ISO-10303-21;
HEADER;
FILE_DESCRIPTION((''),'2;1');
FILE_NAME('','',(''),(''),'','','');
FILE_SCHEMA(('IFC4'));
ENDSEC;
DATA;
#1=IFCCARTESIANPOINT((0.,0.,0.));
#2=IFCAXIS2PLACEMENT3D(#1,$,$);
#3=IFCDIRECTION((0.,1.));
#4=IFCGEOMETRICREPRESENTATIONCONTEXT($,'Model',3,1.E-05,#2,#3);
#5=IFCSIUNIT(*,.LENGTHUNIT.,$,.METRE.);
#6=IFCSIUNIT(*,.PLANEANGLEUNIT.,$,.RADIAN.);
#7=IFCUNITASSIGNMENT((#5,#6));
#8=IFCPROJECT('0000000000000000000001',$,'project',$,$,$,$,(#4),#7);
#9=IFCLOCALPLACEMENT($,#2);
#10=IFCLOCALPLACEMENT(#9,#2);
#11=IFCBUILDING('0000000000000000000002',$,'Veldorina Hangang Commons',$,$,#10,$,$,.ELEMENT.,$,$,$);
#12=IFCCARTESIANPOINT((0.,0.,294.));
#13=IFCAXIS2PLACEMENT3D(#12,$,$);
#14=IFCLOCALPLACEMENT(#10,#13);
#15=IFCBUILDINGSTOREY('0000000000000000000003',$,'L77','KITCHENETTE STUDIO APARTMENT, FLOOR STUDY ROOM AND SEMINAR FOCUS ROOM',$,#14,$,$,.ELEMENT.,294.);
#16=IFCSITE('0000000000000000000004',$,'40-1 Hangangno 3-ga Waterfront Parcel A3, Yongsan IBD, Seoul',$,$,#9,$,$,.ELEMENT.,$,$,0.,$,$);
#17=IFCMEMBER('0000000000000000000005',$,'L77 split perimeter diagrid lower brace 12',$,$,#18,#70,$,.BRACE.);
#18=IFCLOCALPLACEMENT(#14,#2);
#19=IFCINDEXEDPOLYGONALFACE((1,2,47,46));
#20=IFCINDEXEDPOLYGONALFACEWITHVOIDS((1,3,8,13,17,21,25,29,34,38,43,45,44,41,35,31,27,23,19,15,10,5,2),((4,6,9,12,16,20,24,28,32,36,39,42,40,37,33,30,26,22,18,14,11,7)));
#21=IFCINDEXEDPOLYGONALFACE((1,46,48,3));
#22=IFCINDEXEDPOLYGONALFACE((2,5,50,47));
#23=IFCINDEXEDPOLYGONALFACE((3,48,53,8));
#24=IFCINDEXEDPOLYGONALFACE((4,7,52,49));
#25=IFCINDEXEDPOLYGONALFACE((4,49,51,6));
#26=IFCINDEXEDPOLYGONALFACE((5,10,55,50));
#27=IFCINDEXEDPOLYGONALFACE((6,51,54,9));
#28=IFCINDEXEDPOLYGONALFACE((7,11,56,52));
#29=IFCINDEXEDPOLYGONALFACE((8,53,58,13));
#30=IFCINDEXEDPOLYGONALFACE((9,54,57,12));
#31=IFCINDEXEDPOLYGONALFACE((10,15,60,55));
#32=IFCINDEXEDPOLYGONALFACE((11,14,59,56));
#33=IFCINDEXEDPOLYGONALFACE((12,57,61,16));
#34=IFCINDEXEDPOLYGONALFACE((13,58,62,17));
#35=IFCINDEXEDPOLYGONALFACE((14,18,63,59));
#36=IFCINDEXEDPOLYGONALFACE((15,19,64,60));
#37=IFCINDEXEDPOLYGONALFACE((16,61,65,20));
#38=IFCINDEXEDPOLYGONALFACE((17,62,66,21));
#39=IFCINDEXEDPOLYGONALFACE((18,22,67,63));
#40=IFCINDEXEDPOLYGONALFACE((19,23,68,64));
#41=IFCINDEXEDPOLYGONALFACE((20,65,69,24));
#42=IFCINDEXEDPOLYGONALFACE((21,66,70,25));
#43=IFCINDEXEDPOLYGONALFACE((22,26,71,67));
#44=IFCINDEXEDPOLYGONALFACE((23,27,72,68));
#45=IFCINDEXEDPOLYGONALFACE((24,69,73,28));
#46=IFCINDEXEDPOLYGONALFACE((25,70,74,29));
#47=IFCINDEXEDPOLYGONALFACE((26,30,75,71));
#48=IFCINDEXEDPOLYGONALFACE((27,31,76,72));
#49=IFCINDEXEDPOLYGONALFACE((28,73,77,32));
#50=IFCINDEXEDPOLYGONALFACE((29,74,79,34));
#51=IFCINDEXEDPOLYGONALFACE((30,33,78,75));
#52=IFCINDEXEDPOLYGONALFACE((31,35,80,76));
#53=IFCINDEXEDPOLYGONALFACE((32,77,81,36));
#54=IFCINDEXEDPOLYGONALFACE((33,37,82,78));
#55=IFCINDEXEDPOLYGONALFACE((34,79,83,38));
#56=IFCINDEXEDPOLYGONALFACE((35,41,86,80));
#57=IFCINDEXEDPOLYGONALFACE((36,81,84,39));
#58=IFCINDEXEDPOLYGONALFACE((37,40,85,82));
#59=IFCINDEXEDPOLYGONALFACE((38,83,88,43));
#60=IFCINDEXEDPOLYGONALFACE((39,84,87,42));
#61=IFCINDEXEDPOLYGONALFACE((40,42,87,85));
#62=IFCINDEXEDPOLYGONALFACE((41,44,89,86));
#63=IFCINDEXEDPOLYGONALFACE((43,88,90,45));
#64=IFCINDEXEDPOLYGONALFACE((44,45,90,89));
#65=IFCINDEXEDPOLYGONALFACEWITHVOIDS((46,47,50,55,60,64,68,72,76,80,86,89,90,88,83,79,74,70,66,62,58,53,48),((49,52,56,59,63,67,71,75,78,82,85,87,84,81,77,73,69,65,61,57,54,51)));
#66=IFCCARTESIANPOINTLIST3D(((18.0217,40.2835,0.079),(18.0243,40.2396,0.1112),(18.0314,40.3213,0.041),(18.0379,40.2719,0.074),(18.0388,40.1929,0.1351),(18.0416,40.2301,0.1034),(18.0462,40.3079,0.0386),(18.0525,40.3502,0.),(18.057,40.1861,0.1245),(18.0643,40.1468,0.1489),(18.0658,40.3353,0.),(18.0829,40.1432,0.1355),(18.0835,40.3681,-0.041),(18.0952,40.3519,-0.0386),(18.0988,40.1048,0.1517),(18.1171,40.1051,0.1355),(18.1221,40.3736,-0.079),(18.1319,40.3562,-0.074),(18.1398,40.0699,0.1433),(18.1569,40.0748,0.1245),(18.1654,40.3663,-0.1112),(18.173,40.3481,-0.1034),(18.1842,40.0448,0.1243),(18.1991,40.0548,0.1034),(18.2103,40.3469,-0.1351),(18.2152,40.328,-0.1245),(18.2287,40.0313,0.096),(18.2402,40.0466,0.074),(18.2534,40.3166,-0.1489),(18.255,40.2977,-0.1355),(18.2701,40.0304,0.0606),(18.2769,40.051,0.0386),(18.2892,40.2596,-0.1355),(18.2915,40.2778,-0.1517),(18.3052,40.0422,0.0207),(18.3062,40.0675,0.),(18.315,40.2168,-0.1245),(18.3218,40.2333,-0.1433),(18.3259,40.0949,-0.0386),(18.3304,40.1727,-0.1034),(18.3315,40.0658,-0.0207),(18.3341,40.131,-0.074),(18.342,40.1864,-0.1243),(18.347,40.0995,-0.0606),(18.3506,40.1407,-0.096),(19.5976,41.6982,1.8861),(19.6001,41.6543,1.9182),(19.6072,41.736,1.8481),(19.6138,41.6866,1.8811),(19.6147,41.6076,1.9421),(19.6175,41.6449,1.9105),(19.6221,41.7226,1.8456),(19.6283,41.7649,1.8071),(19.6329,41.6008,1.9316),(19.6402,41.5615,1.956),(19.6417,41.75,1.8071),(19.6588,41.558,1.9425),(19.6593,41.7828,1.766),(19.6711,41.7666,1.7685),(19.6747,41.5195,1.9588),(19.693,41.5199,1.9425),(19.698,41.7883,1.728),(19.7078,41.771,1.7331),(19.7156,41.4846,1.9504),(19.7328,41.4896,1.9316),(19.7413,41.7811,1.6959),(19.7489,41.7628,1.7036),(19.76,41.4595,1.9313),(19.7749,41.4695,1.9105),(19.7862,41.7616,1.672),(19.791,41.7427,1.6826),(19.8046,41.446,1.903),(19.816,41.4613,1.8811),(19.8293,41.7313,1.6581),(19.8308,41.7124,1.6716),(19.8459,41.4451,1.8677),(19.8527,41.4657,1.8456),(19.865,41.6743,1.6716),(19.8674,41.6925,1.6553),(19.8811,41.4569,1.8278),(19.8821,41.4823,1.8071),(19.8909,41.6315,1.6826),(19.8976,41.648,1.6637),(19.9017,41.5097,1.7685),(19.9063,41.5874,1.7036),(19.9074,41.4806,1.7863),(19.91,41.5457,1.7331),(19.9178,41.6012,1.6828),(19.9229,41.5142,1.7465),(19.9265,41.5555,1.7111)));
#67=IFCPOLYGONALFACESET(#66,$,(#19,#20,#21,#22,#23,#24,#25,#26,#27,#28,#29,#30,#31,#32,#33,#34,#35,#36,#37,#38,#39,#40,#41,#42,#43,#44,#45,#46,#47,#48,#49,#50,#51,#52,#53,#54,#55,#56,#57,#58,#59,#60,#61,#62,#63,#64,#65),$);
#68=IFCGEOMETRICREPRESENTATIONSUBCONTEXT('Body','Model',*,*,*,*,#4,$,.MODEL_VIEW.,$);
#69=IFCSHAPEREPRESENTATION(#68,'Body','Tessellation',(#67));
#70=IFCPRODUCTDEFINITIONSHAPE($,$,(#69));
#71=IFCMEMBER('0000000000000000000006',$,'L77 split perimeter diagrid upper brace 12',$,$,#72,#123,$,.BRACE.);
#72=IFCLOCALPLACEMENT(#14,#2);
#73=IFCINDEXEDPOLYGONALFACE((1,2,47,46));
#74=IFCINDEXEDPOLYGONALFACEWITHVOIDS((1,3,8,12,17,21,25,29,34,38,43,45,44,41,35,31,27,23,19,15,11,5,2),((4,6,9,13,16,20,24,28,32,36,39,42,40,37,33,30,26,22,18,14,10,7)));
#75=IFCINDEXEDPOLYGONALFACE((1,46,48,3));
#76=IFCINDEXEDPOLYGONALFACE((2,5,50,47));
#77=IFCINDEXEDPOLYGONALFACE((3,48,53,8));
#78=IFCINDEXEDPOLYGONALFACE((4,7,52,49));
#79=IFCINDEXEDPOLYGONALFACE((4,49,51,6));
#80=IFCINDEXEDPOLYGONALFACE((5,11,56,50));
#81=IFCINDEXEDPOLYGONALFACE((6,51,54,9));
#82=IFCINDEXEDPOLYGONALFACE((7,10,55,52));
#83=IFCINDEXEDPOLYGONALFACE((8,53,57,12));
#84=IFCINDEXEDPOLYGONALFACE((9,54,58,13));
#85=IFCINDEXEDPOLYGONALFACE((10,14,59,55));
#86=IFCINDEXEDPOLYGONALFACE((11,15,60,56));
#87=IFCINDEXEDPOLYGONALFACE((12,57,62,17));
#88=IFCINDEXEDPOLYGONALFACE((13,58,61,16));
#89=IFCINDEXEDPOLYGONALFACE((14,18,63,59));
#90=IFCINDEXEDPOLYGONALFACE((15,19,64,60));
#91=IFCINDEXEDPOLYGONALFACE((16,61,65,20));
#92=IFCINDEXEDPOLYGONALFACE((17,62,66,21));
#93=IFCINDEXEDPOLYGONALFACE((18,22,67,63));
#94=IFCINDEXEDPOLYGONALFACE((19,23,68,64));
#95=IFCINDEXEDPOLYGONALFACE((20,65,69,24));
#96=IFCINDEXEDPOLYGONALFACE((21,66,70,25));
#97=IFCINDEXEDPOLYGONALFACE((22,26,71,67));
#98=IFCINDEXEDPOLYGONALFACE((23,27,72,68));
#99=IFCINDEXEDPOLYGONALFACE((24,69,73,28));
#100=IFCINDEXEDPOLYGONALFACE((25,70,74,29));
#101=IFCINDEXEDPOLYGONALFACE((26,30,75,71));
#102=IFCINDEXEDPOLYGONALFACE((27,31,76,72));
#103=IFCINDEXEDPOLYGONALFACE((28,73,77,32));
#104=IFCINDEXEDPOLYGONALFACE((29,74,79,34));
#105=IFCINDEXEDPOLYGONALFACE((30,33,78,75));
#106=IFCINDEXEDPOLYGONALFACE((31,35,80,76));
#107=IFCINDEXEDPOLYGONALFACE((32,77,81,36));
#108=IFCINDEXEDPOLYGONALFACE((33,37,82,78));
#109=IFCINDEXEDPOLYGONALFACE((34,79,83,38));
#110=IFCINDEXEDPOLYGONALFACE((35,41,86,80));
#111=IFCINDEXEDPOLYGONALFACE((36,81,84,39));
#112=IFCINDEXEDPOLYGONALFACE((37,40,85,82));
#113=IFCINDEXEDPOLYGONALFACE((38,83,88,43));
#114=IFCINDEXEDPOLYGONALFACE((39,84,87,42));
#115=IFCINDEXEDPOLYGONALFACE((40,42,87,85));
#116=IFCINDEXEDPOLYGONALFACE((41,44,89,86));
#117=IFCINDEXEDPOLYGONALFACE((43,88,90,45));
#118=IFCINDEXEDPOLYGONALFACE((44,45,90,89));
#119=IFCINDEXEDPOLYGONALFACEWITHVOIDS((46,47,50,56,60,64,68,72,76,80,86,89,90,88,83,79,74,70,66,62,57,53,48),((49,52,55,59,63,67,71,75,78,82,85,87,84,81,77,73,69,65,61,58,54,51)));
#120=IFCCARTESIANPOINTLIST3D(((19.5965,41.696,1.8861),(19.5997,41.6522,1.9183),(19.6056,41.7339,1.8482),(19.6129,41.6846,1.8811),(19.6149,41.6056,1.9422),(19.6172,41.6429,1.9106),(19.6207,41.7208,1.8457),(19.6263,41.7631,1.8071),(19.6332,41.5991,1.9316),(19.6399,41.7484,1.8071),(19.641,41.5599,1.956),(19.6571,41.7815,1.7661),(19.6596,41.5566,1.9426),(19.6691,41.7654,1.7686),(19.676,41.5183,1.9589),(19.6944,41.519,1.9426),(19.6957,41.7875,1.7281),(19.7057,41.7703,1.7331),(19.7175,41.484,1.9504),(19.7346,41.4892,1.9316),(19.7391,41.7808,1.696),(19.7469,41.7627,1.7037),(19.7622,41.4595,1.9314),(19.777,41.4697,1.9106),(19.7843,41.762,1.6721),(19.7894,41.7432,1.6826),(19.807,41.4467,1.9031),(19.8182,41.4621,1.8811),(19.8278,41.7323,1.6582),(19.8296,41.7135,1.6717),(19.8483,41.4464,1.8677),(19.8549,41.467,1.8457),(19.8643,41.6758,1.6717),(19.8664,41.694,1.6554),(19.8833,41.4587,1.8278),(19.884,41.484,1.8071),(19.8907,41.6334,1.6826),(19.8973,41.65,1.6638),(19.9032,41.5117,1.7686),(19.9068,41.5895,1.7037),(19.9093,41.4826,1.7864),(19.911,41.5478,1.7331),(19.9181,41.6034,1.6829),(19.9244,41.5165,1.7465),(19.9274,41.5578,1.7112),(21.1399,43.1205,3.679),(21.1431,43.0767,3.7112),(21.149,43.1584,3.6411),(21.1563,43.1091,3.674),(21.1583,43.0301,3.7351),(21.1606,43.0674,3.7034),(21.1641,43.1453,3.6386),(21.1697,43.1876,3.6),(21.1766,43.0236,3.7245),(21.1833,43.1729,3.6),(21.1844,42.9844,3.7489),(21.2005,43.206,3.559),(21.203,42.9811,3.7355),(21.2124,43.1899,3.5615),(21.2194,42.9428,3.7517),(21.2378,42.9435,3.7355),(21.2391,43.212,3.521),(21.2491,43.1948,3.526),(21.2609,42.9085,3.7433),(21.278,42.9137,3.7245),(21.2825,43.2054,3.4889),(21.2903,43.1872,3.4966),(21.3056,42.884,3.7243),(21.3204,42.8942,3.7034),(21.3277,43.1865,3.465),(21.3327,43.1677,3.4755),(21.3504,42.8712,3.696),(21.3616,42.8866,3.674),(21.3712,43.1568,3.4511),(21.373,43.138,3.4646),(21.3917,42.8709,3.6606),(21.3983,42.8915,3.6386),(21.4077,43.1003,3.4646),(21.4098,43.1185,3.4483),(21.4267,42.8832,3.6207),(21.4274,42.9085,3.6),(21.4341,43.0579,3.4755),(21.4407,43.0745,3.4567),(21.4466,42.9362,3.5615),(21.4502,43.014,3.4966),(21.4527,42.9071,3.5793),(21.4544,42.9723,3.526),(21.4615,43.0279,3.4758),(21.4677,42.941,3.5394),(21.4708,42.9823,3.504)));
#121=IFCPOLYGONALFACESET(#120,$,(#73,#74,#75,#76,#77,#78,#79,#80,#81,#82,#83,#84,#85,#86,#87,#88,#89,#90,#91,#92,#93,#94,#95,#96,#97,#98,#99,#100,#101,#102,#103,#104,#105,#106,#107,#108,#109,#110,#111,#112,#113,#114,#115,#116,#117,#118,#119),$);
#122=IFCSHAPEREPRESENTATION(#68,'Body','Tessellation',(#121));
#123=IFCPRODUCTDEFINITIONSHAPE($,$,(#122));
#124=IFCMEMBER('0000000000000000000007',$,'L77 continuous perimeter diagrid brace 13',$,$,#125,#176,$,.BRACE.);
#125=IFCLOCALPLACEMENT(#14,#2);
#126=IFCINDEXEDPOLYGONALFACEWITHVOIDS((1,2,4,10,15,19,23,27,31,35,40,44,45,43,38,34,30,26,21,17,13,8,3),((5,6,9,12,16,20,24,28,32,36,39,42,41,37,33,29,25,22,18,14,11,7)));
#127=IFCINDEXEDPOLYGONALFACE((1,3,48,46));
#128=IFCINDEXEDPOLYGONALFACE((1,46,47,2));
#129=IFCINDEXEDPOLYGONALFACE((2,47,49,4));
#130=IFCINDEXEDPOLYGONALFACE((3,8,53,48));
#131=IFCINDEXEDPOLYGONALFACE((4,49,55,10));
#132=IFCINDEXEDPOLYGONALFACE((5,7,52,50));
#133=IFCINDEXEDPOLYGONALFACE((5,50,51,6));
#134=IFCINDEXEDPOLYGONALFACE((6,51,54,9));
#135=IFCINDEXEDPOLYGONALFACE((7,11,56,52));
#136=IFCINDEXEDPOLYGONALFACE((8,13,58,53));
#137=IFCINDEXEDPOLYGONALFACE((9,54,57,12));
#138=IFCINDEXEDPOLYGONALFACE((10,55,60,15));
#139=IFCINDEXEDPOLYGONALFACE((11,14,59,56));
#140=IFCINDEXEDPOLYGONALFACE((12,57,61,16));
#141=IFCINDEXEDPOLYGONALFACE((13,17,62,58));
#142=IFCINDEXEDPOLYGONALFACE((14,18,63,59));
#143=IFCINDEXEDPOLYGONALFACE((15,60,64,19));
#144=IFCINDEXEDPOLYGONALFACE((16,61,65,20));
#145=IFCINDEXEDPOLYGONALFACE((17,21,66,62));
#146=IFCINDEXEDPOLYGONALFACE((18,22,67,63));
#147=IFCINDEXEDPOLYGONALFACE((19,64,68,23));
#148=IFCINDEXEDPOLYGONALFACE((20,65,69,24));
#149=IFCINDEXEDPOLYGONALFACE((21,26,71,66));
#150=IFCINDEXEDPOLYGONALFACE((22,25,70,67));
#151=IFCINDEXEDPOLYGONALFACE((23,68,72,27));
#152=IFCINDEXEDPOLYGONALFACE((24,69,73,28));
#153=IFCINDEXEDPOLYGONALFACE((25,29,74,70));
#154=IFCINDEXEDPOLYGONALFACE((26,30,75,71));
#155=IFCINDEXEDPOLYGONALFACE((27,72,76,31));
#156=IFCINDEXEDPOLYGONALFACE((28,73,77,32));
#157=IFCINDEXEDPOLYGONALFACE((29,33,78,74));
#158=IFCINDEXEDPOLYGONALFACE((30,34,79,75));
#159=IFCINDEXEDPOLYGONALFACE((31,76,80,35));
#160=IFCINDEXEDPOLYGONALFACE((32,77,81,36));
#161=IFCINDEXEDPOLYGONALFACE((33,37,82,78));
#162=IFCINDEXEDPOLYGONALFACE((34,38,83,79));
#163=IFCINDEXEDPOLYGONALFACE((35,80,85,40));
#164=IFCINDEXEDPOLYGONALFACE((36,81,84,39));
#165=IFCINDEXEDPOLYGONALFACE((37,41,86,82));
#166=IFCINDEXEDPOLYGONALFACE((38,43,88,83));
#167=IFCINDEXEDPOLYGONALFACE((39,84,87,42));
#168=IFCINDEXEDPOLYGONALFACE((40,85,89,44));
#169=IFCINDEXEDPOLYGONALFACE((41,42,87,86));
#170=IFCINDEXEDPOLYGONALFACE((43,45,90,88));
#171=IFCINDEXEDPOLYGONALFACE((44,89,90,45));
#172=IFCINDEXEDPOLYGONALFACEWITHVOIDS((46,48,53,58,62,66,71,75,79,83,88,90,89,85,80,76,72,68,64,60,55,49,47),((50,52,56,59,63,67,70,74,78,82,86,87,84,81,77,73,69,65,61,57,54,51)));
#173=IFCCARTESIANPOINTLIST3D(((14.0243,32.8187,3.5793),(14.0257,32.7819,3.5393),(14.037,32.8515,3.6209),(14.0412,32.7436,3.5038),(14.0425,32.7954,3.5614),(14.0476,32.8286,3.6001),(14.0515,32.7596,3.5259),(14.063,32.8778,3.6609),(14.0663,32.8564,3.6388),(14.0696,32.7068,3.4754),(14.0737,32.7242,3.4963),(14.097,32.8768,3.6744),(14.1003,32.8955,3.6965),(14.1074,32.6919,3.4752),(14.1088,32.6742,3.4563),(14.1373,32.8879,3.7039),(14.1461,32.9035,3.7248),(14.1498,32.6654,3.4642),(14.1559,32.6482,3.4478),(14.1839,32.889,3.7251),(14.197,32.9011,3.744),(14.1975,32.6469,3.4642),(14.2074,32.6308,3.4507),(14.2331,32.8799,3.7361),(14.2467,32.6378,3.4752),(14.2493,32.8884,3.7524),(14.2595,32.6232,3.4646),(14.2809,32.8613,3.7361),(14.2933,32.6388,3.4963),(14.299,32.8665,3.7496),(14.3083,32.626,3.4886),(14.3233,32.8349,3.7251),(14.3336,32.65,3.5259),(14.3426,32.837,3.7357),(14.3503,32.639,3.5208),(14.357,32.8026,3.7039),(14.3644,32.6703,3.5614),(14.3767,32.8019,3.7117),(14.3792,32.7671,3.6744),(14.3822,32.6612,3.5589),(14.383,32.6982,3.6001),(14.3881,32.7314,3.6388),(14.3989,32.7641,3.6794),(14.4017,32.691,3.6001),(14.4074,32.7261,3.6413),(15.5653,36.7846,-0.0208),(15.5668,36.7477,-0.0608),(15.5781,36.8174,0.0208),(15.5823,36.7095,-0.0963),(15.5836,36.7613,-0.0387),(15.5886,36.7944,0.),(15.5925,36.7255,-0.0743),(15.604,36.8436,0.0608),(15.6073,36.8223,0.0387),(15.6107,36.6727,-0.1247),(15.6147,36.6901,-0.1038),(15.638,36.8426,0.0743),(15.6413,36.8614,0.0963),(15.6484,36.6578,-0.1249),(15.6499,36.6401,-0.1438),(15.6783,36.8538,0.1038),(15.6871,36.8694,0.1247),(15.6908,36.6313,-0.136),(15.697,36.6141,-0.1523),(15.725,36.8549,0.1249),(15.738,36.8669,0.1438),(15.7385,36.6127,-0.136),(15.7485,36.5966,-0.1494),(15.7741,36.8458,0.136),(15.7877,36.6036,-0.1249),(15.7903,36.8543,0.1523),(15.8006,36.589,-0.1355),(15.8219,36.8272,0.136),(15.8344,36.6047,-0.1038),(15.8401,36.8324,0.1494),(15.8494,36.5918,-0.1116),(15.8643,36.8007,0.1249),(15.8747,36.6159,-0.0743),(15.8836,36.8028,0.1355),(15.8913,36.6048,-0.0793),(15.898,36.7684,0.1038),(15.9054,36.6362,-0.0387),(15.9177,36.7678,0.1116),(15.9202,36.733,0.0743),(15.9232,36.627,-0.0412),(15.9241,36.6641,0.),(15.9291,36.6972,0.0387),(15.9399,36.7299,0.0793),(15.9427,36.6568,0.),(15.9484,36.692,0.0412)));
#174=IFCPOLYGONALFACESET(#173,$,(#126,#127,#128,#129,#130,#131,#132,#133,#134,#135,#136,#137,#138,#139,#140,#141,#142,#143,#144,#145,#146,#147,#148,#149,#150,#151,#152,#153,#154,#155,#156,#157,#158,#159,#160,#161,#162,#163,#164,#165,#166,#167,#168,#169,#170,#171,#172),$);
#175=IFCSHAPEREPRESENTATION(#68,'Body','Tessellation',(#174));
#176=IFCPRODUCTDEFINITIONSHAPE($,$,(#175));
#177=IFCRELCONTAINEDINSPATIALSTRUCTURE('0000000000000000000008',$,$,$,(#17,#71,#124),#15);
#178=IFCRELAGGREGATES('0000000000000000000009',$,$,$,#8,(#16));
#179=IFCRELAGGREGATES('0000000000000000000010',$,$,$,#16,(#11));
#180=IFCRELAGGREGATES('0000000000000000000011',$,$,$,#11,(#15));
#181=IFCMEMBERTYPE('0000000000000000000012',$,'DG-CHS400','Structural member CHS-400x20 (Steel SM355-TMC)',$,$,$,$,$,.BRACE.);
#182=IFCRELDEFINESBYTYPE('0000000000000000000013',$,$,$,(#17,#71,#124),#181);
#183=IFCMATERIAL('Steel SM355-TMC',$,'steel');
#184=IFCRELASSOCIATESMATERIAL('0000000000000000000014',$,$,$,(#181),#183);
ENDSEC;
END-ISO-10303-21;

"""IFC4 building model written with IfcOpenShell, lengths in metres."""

from ifc_helpers import new_model, si_unit, direction, frame, origin, origin_2d, place, context, subcontext, project, spatial, hollow_circle, extrude, material, material_profile, profile_set, type_object, element, save


model = new_model("IFC4")

# Units and contexts
model_context = context("Model", 3, precision=1e-05, world=origin(), true_north=direction((0.0, 1.0)))
body_context = subcontext(model_context, "Body", "Model", "MODEL_VIEW")
ifc_project = project(units=[si_unit("LENGTHUNIT", "METRE"), si_unit("PLANEANGLEUNIT", "RADIAN")], contexts=[model_context])

# Site, building, storey
site_placement = place(None, origin())
site = spatial("IfcSite", under=ifc_project, at=site_placement, Name="40-1 Hangangno 3-ga Waterfront Parcel A3, Yongsan IBD, Seoul", CompositionType="ELEMENT", RefElevation=0.0)
building_placement = place(site_placement, origin())
building = spatial("IfcBuilding", under=site, at=building_placement, Name="Veldorina Hangang Commons", CompositionType="ELEMENT")
storey_placement = place(building_placement, frame((0.0, 0.0, 294.0)))
storey = spatial("IfcBuildingStorey", under=building, at=storey_placement, Name="L77", Description="KITCHENETTE STUDIO APARTMENT, FLOOR STUDY ROOM AND SEMINAR FOCUS ROOM", CompositionType="ELEMENT", Elevation=294.0)

# Shared definitions
ifc_material_1 = material(Name="Steel SM355-TMC", Category="steel")

# Members
ifc_material_profile_1 = material_profile(ifc_material_1, hollow_circle(Radius=0.2, WallThickness=0.02, at=origin_2d()), Name="CHS-400x20")
ifc_profile_set_1 = profile_set([ifc_material_profile_1], Name="Steel SM355-TMC")
member_type_1 = type_object("IfcMemberType", Name="DG-CHS400", Description="Structural member CHS-400x20 (Steel SM355-TMC)", PredefinedType="BRACE", material=ifc_profile_set_1)
member_1_placement = place(storey_placement, frame((18.186, 40.2014, 0.0), z_axis=(0.566057, 0.50818, 0.649102), x_axis=(-0.668041, 0.744125, 0.0)))
element("IfcMember", 1, at=member_1_placement, inside=storey, type_object=member_type_1, Name="L77 split perimeter diagrid lower brace 12", PredefinedType="BRACE", context=body_context, shape_type="SweptSolid", body=[
    extrude(hollow_circle(Radius=0.2, WallThickness=0.02, at=origin_2d()), origin(), (0.0, 0.0, 1.0), 2.7839),
])
member_2_placement = place(storey_placement, frame((19.762, 41.6162, 1.8071), z_axis=(0.558902, 0.515848, 0.649253), x_axis=(-0.678237, 0.734844, 0.0)))
element("IfcMember", 2, at=member_2_placement, inside=storey, type_object=member_type_1, Name="L77 split perimeter diagrid upper brace 12", PredefinedType="BRACE", context=body_context, shape_type="SweptSolid", body=[
    extrude(hollow_circle(Radius=0.2, WallThickness=0.02, at=origin_2d()), origin(), (0.0, 0.0, 1.0), 2.7615),
])
member_3_placement = place(storey_placement, frame((15.7563, 36.7292, 0.0), z_axis=(-0.276493, -0.711558, 0.645939), x_axis=(0.932104, -0.362191, 0.0)))
element("IfcMember", 3, at=member_3_placement, inside=storey, type_object=member_type_1, Name="L77 continuous perimeter diagrid brace 13", PredefinedType="BRACE", context=body_context, shape_type="SweptSolid", body=[
    extrude(hollow_circle(Radius=0.2, WallThickness=0.02, at=origin_2d()), origin(), (0.0, 0.0, 1.0), 5.5735),
])

save(model, "model.ifc")
